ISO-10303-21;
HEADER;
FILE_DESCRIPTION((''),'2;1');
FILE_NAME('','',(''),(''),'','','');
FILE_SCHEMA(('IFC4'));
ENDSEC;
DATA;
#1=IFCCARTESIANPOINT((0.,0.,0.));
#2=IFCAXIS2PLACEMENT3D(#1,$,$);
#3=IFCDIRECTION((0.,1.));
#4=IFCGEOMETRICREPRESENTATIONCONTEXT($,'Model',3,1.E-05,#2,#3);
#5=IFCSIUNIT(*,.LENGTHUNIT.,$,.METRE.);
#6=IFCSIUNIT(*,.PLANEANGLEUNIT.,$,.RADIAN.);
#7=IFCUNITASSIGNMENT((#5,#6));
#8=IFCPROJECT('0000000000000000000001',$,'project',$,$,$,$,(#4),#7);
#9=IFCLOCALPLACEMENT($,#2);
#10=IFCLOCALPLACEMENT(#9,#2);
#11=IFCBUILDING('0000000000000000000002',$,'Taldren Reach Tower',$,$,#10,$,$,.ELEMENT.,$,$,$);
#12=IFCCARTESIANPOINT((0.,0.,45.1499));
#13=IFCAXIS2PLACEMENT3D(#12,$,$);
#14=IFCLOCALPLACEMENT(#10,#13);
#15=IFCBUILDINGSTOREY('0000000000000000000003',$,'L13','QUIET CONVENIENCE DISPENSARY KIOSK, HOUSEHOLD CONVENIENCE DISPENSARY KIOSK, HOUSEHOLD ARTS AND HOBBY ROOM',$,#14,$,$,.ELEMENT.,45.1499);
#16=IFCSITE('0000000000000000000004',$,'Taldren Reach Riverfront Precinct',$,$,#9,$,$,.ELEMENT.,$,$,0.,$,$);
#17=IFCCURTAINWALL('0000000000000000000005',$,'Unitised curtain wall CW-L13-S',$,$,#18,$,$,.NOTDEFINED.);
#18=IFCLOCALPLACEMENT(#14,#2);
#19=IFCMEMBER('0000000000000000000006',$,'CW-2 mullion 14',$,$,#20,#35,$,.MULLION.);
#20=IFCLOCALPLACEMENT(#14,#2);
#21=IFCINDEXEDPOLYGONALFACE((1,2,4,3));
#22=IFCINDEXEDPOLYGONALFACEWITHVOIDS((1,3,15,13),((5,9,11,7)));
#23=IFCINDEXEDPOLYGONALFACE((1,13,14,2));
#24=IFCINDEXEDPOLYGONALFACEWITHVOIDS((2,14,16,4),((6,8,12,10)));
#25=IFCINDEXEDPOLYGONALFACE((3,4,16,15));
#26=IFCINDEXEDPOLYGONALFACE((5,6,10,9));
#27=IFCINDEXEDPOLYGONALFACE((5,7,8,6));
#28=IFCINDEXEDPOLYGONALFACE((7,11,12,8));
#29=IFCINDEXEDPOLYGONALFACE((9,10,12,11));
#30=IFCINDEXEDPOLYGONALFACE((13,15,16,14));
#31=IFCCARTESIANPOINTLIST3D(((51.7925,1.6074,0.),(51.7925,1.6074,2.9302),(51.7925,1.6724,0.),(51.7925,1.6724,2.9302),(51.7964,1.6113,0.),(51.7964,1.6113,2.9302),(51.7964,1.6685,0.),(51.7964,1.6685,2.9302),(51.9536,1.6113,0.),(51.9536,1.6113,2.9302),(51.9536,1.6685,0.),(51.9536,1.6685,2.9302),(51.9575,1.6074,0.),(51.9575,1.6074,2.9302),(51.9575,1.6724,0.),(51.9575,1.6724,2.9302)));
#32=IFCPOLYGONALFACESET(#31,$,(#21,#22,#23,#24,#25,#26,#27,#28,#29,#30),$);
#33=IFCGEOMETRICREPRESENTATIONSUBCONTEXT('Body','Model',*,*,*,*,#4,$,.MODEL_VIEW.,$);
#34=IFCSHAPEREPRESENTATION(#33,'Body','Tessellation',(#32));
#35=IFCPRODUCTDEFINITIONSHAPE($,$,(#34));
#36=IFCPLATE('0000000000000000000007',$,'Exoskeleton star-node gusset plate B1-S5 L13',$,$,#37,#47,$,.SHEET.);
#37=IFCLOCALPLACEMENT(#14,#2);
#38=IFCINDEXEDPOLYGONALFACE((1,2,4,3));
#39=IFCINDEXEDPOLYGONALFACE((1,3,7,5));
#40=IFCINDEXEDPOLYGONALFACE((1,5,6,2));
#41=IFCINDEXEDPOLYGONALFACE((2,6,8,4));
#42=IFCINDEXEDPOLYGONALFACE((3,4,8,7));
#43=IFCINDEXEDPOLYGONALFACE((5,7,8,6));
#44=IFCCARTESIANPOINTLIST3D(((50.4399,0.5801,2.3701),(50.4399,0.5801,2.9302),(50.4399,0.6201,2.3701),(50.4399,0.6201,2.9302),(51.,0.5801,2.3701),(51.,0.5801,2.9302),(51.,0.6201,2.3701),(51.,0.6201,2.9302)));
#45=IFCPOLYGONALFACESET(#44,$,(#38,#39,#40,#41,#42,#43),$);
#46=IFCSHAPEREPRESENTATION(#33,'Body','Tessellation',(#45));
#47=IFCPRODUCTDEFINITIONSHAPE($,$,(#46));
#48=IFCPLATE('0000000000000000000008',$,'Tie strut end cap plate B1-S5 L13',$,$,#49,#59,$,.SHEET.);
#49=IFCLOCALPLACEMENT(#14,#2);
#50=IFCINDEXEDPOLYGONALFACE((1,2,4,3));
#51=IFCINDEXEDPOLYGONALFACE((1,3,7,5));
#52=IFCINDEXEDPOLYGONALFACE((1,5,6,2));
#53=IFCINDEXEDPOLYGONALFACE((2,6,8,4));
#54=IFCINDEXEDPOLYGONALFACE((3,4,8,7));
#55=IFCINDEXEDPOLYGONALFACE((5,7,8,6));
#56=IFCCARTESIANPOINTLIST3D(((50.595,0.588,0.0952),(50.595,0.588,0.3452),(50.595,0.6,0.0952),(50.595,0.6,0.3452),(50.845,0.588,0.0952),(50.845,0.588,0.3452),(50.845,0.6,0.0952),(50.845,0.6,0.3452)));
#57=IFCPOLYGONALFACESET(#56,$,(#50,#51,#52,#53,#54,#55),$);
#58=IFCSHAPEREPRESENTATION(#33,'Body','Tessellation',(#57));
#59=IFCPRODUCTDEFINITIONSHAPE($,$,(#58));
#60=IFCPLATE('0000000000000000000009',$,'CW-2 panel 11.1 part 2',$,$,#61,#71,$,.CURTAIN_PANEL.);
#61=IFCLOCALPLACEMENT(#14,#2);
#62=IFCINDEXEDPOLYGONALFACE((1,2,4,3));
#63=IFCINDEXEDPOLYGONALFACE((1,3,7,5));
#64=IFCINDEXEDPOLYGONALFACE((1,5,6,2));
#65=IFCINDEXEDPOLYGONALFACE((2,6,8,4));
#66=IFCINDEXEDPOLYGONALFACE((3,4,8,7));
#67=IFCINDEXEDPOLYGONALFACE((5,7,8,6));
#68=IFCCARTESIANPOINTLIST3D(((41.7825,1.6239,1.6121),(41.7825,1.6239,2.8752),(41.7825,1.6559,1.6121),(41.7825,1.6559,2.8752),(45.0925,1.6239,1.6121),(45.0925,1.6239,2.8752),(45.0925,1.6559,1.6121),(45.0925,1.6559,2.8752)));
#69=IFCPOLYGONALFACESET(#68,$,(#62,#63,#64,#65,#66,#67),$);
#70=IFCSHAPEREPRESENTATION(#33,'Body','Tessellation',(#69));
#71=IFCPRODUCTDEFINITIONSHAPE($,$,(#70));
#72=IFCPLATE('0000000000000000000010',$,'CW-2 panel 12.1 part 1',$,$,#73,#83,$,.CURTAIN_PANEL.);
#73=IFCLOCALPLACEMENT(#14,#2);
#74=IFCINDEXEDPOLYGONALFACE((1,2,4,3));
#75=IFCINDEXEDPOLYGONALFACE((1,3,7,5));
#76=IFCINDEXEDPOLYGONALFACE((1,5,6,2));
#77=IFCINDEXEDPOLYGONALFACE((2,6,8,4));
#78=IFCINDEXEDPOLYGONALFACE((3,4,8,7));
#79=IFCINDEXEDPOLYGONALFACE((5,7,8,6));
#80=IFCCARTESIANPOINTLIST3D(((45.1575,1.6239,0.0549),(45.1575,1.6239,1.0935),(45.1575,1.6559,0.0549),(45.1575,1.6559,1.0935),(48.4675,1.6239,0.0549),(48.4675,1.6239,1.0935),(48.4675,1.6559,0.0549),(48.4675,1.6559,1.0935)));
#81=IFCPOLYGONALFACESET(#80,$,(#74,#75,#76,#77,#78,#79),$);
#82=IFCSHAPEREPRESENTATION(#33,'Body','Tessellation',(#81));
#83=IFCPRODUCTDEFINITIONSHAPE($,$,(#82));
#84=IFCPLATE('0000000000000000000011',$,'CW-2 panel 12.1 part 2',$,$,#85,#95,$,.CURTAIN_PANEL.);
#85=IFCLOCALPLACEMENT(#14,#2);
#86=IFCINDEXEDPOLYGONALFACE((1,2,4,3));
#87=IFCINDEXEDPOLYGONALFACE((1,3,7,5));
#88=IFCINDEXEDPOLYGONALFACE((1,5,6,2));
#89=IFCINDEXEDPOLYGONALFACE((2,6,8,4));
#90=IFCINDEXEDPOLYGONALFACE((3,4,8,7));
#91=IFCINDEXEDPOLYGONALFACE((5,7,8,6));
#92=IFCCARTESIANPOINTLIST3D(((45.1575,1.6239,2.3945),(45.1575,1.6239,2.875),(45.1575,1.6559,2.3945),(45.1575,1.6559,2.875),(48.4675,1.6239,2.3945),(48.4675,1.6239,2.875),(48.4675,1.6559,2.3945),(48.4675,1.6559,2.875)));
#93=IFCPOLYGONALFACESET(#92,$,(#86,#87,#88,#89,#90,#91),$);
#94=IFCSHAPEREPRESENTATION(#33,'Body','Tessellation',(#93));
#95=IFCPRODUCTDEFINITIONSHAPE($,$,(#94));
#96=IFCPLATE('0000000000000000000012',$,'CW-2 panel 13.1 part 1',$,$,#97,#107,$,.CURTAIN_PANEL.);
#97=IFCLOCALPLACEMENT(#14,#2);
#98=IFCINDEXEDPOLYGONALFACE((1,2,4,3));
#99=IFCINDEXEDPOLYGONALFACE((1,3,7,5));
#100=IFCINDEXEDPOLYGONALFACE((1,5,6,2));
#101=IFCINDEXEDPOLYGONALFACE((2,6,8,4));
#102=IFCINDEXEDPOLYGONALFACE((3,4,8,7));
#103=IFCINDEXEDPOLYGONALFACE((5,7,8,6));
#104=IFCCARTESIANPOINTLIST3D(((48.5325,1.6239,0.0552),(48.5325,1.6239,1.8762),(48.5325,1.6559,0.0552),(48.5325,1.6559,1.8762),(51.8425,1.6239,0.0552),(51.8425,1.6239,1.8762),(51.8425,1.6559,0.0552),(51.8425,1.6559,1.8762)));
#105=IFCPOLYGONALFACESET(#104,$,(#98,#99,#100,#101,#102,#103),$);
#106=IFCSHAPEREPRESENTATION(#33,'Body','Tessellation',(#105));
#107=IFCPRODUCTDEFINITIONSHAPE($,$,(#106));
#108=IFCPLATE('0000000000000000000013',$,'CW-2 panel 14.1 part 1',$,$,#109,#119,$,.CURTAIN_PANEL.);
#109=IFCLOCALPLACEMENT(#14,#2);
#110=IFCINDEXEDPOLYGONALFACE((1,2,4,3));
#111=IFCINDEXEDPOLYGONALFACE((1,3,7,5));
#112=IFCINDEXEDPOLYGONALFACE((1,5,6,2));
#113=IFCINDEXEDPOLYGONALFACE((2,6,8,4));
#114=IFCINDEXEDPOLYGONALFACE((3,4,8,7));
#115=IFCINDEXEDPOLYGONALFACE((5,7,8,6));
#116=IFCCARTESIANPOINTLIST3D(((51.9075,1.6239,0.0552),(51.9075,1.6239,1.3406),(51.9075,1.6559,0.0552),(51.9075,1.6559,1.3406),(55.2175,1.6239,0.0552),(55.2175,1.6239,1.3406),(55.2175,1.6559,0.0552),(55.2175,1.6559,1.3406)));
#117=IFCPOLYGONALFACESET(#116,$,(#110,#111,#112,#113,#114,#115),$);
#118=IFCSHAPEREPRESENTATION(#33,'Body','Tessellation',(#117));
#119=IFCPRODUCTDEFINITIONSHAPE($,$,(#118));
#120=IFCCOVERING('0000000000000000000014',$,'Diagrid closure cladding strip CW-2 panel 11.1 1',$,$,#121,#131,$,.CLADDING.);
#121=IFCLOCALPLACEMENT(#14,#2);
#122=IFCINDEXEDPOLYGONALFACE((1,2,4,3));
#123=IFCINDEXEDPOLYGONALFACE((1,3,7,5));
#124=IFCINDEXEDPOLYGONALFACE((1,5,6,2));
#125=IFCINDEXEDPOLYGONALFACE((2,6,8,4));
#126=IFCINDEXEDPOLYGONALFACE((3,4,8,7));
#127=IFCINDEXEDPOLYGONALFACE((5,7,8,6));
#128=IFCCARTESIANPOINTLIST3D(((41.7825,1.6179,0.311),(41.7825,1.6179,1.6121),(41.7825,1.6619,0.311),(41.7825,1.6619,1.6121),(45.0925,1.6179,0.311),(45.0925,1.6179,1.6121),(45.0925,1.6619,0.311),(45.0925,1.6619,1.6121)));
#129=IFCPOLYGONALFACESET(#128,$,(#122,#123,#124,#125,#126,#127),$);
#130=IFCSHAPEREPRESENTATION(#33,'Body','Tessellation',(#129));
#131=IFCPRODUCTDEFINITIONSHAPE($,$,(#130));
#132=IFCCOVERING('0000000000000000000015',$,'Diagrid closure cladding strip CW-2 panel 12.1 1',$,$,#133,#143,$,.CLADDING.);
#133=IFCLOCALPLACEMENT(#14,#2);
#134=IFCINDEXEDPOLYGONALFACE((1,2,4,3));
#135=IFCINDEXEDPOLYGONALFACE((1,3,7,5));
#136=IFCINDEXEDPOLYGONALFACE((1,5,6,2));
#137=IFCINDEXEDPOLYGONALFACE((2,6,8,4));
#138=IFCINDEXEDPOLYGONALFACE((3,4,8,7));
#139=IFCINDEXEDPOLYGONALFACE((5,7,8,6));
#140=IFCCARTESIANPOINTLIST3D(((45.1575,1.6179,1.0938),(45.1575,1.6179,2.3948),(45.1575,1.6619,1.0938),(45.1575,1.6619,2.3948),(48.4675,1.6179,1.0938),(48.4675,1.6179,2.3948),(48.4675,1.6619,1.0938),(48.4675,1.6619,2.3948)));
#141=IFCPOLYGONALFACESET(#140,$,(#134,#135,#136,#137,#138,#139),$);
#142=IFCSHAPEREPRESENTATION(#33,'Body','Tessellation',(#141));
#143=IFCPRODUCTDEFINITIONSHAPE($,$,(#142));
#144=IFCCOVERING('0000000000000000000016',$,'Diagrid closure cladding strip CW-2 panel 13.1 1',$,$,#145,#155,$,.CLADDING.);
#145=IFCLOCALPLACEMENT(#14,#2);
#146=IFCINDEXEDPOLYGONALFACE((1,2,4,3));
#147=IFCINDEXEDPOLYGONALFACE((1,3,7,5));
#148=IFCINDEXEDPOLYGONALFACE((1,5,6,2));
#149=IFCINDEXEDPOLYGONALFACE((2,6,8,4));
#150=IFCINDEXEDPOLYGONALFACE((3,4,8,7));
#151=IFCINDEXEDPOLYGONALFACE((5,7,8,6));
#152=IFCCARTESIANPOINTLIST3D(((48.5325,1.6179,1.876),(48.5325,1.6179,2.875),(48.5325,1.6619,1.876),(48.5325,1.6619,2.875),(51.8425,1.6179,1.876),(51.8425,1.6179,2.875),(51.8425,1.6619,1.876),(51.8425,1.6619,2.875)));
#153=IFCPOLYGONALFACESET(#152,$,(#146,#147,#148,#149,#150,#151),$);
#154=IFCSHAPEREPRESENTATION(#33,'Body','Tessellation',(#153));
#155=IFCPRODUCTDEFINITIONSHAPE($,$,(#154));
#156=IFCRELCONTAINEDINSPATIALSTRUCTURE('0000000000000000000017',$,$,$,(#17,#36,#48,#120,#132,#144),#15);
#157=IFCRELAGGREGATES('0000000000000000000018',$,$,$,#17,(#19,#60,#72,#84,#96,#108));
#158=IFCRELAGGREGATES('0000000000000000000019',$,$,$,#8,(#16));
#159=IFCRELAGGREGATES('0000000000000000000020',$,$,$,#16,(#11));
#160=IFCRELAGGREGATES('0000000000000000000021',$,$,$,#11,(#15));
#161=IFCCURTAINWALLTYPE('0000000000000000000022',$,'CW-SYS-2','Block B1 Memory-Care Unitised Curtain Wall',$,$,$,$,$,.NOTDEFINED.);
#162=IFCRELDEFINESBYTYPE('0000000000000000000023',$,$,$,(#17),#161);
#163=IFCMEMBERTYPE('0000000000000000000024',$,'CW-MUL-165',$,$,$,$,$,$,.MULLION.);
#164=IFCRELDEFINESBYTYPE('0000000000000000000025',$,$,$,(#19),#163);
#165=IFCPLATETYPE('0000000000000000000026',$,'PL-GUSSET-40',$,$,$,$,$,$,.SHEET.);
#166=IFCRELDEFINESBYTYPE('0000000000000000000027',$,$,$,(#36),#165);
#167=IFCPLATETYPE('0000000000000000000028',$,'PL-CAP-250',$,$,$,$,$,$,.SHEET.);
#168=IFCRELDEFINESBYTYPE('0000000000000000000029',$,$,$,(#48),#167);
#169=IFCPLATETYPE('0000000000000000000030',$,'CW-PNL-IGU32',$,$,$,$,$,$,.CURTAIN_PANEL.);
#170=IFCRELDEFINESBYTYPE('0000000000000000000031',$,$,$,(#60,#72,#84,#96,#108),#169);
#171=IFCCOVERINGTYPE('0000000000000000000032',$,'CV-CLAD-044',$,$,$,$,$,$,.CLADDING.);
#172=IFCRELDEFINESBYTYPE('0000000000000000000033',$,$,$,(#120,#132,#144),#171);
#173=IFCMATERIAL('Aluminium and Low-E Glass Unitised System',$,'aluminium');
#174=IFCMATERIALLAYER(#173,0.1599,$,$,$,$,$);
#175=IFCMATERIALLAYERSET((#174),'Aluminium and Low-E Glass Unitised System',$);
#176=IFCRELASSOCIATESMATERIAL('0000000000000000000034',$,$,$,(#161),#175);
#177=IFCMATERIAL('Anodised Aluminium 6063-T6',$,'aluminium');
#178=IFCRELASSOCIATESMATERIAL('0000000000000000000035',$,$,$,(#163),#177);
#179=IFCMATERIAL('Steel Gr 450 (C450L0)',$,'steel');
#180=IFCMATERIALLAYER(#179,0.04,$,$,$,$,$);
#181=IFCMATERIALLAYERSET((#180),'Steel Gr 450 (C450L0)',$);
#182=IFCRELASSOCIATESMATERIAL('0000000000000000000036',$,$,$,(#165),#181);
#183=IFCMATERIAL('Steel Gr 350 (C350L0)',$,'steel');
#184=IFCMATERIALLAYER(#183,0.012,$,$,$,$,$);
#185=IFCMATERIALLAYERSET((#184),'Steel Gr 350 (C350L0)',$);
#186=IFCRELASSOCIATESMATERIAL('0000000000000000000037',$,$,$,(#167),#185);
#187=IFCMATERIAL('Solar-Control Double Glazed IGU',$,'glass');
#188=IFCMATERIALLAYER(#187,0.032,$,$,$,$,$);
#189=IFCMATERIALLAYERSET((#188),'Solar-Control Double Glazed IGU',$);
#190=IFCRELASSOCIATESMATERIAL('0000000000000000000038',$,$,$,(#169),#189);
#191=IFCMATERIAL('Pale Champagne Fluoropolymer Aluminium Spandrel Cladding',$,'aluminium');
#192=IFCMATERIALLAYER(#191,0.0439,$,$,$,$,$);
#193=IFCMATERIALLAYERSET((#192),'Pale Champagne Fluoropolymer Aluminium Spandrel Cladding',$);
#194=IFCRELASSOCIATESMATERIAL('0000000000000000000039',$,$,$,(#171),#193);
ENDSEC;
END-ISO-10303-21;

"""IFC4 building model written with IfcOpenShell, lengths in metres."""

from ifc_helpers import new_model, si_unit, direction, frame, origin, origin_2d, place, context, subcontext, project, spatial, rectangle, hollow_rectangle, extrude, source, transform, mapped, material, layer, layer_set, material_profile, profile_set, type_object, element, aggregate, save


model = new_model("IFC4")

# Units and contexts
model_context = context("Model", 3, precision=1e-05, world=origin(), true_north=direction((0.0, 1.0)))
body_context = subcontext(model_context, "Body", "Model", "MODEL_VIEW")
ifc_project = project(units=[si_unit("LENGTHUNIT", "METRE"), si_unit("PLANEANGLEUNIT", "RADIAN")], contexts=[model_context])

# Site, building, storey
site_placement = place(None, origin())
site = spatial("IfcSite", under=ifc_project, at=site_placement, Name="Taldren Reach Riverfront Precinct", CompositionType="ELEMENT", RefElevation=0.0)
building_placement = place(site_placement, origin())
building = spatial("IfcBuilding", under=site, at=building_placement, Name="Taldren Reach Tower", CompositionType="ELEMENT")
storey_placement = place(building_placement, frame((0.0, 0.0, 45.1499)))
storey = spatial("IfcBuildingStorey", under=building, at=storey_placement, Name="L13", Description="QUIET CONVENIENCE DISPENSARY KIOSK, HOUSEHOLD CONVENIENCE DISPENSARY KIOSK, HOUSEHOLD ARTS AND HOBBY ROOM", CompositionType="ELEMENT", Elevation=45.1499)

# Shared definitions
ifc_material_1 = material(Name="Steel Gr 450 (C450L0)", Category="steel")
ifc_material_2 = material(Name="Steel Gr 350 (C350L0)", Category="steel")

# Curtain wall, member
ifc_material_3 = material(Name="Aluminium and Low-E Glass Unitised System", Category="aluminium")
ifc_layer_1 = layer(ifc_material_3, 0.1599)
ifc_layer_set_1 = layer_set([ifc_layer_1], Name="Aluminium and Low-E Glass Unitised System")
curtain_wall_type = type_object("IfcCurtainWallType", Name="CW-SYS-2", Description="Block B1 Memory-Care Unitised Curtain Wall", PredefinedType="NOTDEFINED", material=ifc_layer_set_1)
curtain_wall_placement = place(storey_placement, origin())
curtain_wall = element("IfcCurtainWall", 1, at=curtain_wall_placement, inside=storey, type_object=curtain_wall_type, Name="Unitised curtain wall CW-L13-S", PredefinedType="NOTDEFINED")
ifc_material_4 = material(Name="Anodised Aluminium 6063-T6", Category="aluminium")
ifc_material_profile_1 = material_profile(ifc_material_4, hollow_rectangle(XDim=0.0649, YDim=0.165, WallThickness=0.0039, at=origin_2d()), Name="ALU-165x65x4RHS")
ifc_profile_set_1 = profile_set([ifc_material_profile_1], Name="Anodised Aluminium 6063-T6")
member_type_1 = type_object("IfcMemberType", Name="CW-MUL-165", PredefinedType="MULLION", material=ifc_profile_set_1)
shared_shape_1 = source(origin(), body_context, "Body", "SweptSolid", [
    extrude(hollow_rectangle(XDim=0.0649, YDim=0.165, WallThickness=0.0039, at=origin_2d()), origin(), (0.0, 0.0, 1.0), 2.9302),
])
member_1_placement = place(storey_placement, frame((51.875, 1.6399, 0.0), z_axis=(0.0, 0.0, 1.0), x_axis=(0.0, 1.0, 0.0)))
member_1 = element("IfcMember", 2, at=member_1_placement, type_object=member_type_1, Name="CW-2 mullion 14", PredefinedType="MULLION", context=body_context, shape_type="MappedRepresentation", body=[
    mapped(shared_shape_1, transform((0.0, 0.0, 0.0), scale=1.0)),
])

# Plates
ifc_layer_2 = layer(ifc_material_1, 0.04)
ifc_layer_set_2 = layer_set([ifc_layer_2], Name="Steel Gr 450 (C450L0)")
plate_type_1 = type_object("IfcPlateType", Name="PL-GUSSET-40", PredefinedType="SHEET", material=ifc_layer_set_2)
shared_shape_2 = source(origin(), body_context, "Body", "SweptSolid", [
    extrude(rectangle(XDim=0.5601, YDim=0.04, at=origin_2d()), origin(), (0.0, 0.0, 1.0), 0.5601),
])
plate_1_placement = place(storey_placement, frame((50.72, 0.6001, 2.3701), z_axis=(0.0, 0.0, 1.0), x_axis=(1.0, 0.0, 0.0)))
element("IfcPlate", 3, at=plate_1_placement, inside=storey, type_object=plate_type_1, Name="Exoskeleton star-node gusset plate B1-S5 L13", PredefinedType="SHEET", context=body_context, shape_type="MappedRepresentation", body=[
    mapped(shared_shape_2, transform((0.0, 0.0, 0.0), scale=1.0)),
])
ifc_layer_3 = layer(ifc_material_2, 0.012)
ifc_layer_set_3 = layer_set([ifc_layer_3], Name="Steel Gr 350 (C350L0)")
plate_type_2 = type_object("IfcPlateType", Name="PL-CAP-250", PredefinedType="SHEET", material=ifc_layer_set_3)
shared_shape_3 = source(origin(), body_context, "Body", "SweptSolid", [
    extrude(rectangle(XDim=0.25, YDim=0.012, at=origin_2d()), origin(), (0.0, 0.0, 1.0), 0.25),
])
plate_2_placement = place(storey_placement, frame((50.72, 0.594, 0.0952), z_axis=(0.0, 0.0, 1.0), x_axis=(1.0, 0.0, 0.0)))
element("IfcPlate", 4, at=plate_2_placement, inside=storey, type_object=plate_type_2, Name="Tie strut end cap plate B1-S5 L13", PredefinedType="SHEET", context=body_context, shape_type="MappedRepresentation", body=[
    mapped(shared_shape_3, transform((0.0, 0.0, 0.0), scale=1.0)),
])

# Plates
ifc_material_5 = material(Name="Solar-Control Double Glazed IGU", Category="glass")
ifc_layer_4 = layer(ifc_material_5, 0.032)
ifc_layer_set_4 = layer_set([ifc_layer_4], Name="Solar-Control Double Glazed IGU")
plate_type_3 = type_object("IfcPlateType", Name="CW-PNL-IGU32", PredefinedType="CURTAIN_PANEL", material=ifc_layer_set_4)
shared_shape_4 = source(origin(), body_context, "Body", "SweptSolid", [
    extrude(rectangle(XDim=3.3101, YDim=0.032, at=origin_2d()), origin(), (0.0, 0.0, 1.0), 1.2632),
])
plate_3_placement = place(storey_placement, frame((43.4375, 1.6399, 1.6121), z_axis=(0.0, 0.0, 1.0), x_axis=(1.0, 0.0, 0.0)))
plate_3 = element("IfcPlate", 5, at=plate_3_placement, type_object=plate_type_3, Name="CW-2 panel 11.1 part 2", PredefinedType="CURTAIN_PANEL", context=body_context, shape_type="MappedRepresentation", body=[
    mapped(shared_shape_4, transform((0.0, 0.0, 0.0), scale=1.0)),
])
shared_shape_5 = source(origin(), body_context, "Body", "SweptSolid", [
    extrude(rectangle(XDim=3.3101, YDim=0.032, at=origin_2d()), origin(), (0.0, 0.0, 1.0), 1.0386),
])
plate_4_placement = place(storey_placement, frame((46.8125, 1.6399, 0.0549), z_axis=(0.0, 0.0, 1.0), x_axis=(1.0, 0.0, 0.0)))
plate_4 = element("IfcPlate", 6, at=plate_4_placement, type_object=plate_type_3, Name="CW-2 panel 12.1 part 1", PredefinedType="CURTAIN_PANEL", context=body_context, shape_type="MappedRepresentation", body=[
    mapped(shared_shape_5, transform((0.0, 0.0, 0.0), scale=1.0)),
])
shared_shape_6 = source(origin(), body_context, "Body", "SweptSolid", [
    extrude(rectangle(XDim=3.3101, YDim=0.032, at=origin_2d()), origin(), (0.0, 0.0, 1.0), 0.4805),
])
plate_5_placement = place(storey_placement, frame((46.8125, 1.6399, 2.3945), z_axis=(0.0, 0.0, 1.0), x_axis=(1.0, 0.0, 0.0)))
plate_5 = element("IfcPlate", 7, at=plate_5_placement, type_object=plate_type_3, Name="CW-2 panel 12.1 part 2", PredefinedType="CURTAIN_PANEL", context=body_context, shape_type="MappedRepresentation", body=[
    mapped(shared_shape_6, transform((0.0, 0.0, 0.0), scale=1.0)),
])
shared_shape_7 = source(origin(), body_context, "Body", "SweptSolid", [
    extrude(rectangle(XDim=3.3101, YDim=0.032, at=origin_2d()), origin(), (0.0, 0.0, 1.0), 1.821),
])
plate_6_placement = place(storey_placement, frame((50.1875, 1.6399, 0.0552), z_axis=(0.0, 0.0, 1.0), x_axis=(1.0, 0.0, 0.0)))
plate_6 = element("IfcPlate", 8, at=plate_6_placement, type_object=plate_type_3, Name="CW-2 panel 13.1 part 1", PredefinedType="CURTAIN_PANEL", context=body_context, shape_type="MappedRepresentation", body=[
    mapped(shared_shape_7, transform((0.0, 0.0, 0.0), scale=1.0)),
])
shared_shape_8 = source(origin(), body_context, "Body", "SweptSolid", [
    extrude(rectangle(XDim=3.3101, YDim=0.032, at=origin_2d()), origin(), (0.0, 0.0, 1.0), 1.2854),
])
plate_7_placement = place(storey_placement, frame((53.5625, 1.6399, 0.0552), z_axis=(0.0, 0.0, 1.0), x_axis=(1.0, 0.0, 0.0)))
plate_7 = element("IfcPlate", 9, at=plate_7_placement, type_object=plate_type_3, Name="CW-2 panel 14.1 part 1", PredefinedType="CURTAIN_PANEL", context=body_context, shape_type="MappedRepresentation", body=[
    mapped(shared_shape_8, transform((0.0, 0.0, 0.0), scale=1.0)),
])
aggregate(curtain_wall, [member_1, plate_3, plate_4, plate_5, plate_6, plate_7])

# Coverings
ifc_material_6 = material(Name="Pale Champagne Fluoropolymer Aluminium Spandrel Cladding", Category="aluminium")
ifc_layer_5 = layer(ifc_material_6, 0.0439)
ifc_layer_set_5 = layer_set([ifc_layer_5], Name="Pale Champagne Fluoropolymer Aluminium Spandrel Cladding")
covering_type = type_object("IfcCoveringType", Name="CV-CLAD-044", PredefinedType="CLADDING", material=ifc_layer_set_5)
shared_shape_9 = source(origin(), body_context, "Body", "SweptSolid", [
    extrude(rectangle(XDim=3.3101, YDim=0.0439, at=origin_2d()), origin(), (0.0, 0.0, 1.0), 1.301),
])
for number, where, z_axis, x_axis, name in (
    (10, (43.4375, 1.6399, 0.311), (0.0, 0.0, 1.0), (1.0, 0.0, 0.0), "Diagrid closure cladding strip CW-2 panel 11.1 1"),
    (11, (46.8125, 1.6399, 1.0938), (0.0, 0.0, 1.0), (1.0, 0.0, 0.0), "Diagrid closure cladding strip CW-2 panel 12.1 1"),
):
    element("IfcCovering", number, at=place(storey_placement, frame(where, z_axis=z_axis, x_axis=x_axis)), inside=storey, type_object=covering_type, Name=name, PredefinedType="CLADDING", context=body_context, shape_type="MappedRepresentation", body=[
        mapped(shared_shape_9, transform((0.0, 0.0, 0.0), scale=1.0)),
    ])
shared_shape_10 = source(origin(), body_context, "Body", "SweptSolid", [
    extrude(rectangle(XDim=3.3101, YDim=0.0439, at=origin_2d()), origin(), (0.0, 0.0, 1.0), 0.999),
])
covering_placement = place(storey_placement, frame((50.1875, 1.6399, 1.876), z_axis=(0.0, 0.0, 1.0), x_axis=(1.0, 0.0, 0.0)))
element("IfcCovering", 12, at=covering_placement, inside=storey, type_object=covering_type, Name="Diagrid closure cladding strip CW-2 panel 13.1 1", PredefinedType="CLADDING", context=body_context, shape_type="MappedRepresentation", body=[
    mapped(shared_shape_10, transform((0.0, 0.0, 0.0), scale=1.0)),
])

save(model, "model.ifc")
